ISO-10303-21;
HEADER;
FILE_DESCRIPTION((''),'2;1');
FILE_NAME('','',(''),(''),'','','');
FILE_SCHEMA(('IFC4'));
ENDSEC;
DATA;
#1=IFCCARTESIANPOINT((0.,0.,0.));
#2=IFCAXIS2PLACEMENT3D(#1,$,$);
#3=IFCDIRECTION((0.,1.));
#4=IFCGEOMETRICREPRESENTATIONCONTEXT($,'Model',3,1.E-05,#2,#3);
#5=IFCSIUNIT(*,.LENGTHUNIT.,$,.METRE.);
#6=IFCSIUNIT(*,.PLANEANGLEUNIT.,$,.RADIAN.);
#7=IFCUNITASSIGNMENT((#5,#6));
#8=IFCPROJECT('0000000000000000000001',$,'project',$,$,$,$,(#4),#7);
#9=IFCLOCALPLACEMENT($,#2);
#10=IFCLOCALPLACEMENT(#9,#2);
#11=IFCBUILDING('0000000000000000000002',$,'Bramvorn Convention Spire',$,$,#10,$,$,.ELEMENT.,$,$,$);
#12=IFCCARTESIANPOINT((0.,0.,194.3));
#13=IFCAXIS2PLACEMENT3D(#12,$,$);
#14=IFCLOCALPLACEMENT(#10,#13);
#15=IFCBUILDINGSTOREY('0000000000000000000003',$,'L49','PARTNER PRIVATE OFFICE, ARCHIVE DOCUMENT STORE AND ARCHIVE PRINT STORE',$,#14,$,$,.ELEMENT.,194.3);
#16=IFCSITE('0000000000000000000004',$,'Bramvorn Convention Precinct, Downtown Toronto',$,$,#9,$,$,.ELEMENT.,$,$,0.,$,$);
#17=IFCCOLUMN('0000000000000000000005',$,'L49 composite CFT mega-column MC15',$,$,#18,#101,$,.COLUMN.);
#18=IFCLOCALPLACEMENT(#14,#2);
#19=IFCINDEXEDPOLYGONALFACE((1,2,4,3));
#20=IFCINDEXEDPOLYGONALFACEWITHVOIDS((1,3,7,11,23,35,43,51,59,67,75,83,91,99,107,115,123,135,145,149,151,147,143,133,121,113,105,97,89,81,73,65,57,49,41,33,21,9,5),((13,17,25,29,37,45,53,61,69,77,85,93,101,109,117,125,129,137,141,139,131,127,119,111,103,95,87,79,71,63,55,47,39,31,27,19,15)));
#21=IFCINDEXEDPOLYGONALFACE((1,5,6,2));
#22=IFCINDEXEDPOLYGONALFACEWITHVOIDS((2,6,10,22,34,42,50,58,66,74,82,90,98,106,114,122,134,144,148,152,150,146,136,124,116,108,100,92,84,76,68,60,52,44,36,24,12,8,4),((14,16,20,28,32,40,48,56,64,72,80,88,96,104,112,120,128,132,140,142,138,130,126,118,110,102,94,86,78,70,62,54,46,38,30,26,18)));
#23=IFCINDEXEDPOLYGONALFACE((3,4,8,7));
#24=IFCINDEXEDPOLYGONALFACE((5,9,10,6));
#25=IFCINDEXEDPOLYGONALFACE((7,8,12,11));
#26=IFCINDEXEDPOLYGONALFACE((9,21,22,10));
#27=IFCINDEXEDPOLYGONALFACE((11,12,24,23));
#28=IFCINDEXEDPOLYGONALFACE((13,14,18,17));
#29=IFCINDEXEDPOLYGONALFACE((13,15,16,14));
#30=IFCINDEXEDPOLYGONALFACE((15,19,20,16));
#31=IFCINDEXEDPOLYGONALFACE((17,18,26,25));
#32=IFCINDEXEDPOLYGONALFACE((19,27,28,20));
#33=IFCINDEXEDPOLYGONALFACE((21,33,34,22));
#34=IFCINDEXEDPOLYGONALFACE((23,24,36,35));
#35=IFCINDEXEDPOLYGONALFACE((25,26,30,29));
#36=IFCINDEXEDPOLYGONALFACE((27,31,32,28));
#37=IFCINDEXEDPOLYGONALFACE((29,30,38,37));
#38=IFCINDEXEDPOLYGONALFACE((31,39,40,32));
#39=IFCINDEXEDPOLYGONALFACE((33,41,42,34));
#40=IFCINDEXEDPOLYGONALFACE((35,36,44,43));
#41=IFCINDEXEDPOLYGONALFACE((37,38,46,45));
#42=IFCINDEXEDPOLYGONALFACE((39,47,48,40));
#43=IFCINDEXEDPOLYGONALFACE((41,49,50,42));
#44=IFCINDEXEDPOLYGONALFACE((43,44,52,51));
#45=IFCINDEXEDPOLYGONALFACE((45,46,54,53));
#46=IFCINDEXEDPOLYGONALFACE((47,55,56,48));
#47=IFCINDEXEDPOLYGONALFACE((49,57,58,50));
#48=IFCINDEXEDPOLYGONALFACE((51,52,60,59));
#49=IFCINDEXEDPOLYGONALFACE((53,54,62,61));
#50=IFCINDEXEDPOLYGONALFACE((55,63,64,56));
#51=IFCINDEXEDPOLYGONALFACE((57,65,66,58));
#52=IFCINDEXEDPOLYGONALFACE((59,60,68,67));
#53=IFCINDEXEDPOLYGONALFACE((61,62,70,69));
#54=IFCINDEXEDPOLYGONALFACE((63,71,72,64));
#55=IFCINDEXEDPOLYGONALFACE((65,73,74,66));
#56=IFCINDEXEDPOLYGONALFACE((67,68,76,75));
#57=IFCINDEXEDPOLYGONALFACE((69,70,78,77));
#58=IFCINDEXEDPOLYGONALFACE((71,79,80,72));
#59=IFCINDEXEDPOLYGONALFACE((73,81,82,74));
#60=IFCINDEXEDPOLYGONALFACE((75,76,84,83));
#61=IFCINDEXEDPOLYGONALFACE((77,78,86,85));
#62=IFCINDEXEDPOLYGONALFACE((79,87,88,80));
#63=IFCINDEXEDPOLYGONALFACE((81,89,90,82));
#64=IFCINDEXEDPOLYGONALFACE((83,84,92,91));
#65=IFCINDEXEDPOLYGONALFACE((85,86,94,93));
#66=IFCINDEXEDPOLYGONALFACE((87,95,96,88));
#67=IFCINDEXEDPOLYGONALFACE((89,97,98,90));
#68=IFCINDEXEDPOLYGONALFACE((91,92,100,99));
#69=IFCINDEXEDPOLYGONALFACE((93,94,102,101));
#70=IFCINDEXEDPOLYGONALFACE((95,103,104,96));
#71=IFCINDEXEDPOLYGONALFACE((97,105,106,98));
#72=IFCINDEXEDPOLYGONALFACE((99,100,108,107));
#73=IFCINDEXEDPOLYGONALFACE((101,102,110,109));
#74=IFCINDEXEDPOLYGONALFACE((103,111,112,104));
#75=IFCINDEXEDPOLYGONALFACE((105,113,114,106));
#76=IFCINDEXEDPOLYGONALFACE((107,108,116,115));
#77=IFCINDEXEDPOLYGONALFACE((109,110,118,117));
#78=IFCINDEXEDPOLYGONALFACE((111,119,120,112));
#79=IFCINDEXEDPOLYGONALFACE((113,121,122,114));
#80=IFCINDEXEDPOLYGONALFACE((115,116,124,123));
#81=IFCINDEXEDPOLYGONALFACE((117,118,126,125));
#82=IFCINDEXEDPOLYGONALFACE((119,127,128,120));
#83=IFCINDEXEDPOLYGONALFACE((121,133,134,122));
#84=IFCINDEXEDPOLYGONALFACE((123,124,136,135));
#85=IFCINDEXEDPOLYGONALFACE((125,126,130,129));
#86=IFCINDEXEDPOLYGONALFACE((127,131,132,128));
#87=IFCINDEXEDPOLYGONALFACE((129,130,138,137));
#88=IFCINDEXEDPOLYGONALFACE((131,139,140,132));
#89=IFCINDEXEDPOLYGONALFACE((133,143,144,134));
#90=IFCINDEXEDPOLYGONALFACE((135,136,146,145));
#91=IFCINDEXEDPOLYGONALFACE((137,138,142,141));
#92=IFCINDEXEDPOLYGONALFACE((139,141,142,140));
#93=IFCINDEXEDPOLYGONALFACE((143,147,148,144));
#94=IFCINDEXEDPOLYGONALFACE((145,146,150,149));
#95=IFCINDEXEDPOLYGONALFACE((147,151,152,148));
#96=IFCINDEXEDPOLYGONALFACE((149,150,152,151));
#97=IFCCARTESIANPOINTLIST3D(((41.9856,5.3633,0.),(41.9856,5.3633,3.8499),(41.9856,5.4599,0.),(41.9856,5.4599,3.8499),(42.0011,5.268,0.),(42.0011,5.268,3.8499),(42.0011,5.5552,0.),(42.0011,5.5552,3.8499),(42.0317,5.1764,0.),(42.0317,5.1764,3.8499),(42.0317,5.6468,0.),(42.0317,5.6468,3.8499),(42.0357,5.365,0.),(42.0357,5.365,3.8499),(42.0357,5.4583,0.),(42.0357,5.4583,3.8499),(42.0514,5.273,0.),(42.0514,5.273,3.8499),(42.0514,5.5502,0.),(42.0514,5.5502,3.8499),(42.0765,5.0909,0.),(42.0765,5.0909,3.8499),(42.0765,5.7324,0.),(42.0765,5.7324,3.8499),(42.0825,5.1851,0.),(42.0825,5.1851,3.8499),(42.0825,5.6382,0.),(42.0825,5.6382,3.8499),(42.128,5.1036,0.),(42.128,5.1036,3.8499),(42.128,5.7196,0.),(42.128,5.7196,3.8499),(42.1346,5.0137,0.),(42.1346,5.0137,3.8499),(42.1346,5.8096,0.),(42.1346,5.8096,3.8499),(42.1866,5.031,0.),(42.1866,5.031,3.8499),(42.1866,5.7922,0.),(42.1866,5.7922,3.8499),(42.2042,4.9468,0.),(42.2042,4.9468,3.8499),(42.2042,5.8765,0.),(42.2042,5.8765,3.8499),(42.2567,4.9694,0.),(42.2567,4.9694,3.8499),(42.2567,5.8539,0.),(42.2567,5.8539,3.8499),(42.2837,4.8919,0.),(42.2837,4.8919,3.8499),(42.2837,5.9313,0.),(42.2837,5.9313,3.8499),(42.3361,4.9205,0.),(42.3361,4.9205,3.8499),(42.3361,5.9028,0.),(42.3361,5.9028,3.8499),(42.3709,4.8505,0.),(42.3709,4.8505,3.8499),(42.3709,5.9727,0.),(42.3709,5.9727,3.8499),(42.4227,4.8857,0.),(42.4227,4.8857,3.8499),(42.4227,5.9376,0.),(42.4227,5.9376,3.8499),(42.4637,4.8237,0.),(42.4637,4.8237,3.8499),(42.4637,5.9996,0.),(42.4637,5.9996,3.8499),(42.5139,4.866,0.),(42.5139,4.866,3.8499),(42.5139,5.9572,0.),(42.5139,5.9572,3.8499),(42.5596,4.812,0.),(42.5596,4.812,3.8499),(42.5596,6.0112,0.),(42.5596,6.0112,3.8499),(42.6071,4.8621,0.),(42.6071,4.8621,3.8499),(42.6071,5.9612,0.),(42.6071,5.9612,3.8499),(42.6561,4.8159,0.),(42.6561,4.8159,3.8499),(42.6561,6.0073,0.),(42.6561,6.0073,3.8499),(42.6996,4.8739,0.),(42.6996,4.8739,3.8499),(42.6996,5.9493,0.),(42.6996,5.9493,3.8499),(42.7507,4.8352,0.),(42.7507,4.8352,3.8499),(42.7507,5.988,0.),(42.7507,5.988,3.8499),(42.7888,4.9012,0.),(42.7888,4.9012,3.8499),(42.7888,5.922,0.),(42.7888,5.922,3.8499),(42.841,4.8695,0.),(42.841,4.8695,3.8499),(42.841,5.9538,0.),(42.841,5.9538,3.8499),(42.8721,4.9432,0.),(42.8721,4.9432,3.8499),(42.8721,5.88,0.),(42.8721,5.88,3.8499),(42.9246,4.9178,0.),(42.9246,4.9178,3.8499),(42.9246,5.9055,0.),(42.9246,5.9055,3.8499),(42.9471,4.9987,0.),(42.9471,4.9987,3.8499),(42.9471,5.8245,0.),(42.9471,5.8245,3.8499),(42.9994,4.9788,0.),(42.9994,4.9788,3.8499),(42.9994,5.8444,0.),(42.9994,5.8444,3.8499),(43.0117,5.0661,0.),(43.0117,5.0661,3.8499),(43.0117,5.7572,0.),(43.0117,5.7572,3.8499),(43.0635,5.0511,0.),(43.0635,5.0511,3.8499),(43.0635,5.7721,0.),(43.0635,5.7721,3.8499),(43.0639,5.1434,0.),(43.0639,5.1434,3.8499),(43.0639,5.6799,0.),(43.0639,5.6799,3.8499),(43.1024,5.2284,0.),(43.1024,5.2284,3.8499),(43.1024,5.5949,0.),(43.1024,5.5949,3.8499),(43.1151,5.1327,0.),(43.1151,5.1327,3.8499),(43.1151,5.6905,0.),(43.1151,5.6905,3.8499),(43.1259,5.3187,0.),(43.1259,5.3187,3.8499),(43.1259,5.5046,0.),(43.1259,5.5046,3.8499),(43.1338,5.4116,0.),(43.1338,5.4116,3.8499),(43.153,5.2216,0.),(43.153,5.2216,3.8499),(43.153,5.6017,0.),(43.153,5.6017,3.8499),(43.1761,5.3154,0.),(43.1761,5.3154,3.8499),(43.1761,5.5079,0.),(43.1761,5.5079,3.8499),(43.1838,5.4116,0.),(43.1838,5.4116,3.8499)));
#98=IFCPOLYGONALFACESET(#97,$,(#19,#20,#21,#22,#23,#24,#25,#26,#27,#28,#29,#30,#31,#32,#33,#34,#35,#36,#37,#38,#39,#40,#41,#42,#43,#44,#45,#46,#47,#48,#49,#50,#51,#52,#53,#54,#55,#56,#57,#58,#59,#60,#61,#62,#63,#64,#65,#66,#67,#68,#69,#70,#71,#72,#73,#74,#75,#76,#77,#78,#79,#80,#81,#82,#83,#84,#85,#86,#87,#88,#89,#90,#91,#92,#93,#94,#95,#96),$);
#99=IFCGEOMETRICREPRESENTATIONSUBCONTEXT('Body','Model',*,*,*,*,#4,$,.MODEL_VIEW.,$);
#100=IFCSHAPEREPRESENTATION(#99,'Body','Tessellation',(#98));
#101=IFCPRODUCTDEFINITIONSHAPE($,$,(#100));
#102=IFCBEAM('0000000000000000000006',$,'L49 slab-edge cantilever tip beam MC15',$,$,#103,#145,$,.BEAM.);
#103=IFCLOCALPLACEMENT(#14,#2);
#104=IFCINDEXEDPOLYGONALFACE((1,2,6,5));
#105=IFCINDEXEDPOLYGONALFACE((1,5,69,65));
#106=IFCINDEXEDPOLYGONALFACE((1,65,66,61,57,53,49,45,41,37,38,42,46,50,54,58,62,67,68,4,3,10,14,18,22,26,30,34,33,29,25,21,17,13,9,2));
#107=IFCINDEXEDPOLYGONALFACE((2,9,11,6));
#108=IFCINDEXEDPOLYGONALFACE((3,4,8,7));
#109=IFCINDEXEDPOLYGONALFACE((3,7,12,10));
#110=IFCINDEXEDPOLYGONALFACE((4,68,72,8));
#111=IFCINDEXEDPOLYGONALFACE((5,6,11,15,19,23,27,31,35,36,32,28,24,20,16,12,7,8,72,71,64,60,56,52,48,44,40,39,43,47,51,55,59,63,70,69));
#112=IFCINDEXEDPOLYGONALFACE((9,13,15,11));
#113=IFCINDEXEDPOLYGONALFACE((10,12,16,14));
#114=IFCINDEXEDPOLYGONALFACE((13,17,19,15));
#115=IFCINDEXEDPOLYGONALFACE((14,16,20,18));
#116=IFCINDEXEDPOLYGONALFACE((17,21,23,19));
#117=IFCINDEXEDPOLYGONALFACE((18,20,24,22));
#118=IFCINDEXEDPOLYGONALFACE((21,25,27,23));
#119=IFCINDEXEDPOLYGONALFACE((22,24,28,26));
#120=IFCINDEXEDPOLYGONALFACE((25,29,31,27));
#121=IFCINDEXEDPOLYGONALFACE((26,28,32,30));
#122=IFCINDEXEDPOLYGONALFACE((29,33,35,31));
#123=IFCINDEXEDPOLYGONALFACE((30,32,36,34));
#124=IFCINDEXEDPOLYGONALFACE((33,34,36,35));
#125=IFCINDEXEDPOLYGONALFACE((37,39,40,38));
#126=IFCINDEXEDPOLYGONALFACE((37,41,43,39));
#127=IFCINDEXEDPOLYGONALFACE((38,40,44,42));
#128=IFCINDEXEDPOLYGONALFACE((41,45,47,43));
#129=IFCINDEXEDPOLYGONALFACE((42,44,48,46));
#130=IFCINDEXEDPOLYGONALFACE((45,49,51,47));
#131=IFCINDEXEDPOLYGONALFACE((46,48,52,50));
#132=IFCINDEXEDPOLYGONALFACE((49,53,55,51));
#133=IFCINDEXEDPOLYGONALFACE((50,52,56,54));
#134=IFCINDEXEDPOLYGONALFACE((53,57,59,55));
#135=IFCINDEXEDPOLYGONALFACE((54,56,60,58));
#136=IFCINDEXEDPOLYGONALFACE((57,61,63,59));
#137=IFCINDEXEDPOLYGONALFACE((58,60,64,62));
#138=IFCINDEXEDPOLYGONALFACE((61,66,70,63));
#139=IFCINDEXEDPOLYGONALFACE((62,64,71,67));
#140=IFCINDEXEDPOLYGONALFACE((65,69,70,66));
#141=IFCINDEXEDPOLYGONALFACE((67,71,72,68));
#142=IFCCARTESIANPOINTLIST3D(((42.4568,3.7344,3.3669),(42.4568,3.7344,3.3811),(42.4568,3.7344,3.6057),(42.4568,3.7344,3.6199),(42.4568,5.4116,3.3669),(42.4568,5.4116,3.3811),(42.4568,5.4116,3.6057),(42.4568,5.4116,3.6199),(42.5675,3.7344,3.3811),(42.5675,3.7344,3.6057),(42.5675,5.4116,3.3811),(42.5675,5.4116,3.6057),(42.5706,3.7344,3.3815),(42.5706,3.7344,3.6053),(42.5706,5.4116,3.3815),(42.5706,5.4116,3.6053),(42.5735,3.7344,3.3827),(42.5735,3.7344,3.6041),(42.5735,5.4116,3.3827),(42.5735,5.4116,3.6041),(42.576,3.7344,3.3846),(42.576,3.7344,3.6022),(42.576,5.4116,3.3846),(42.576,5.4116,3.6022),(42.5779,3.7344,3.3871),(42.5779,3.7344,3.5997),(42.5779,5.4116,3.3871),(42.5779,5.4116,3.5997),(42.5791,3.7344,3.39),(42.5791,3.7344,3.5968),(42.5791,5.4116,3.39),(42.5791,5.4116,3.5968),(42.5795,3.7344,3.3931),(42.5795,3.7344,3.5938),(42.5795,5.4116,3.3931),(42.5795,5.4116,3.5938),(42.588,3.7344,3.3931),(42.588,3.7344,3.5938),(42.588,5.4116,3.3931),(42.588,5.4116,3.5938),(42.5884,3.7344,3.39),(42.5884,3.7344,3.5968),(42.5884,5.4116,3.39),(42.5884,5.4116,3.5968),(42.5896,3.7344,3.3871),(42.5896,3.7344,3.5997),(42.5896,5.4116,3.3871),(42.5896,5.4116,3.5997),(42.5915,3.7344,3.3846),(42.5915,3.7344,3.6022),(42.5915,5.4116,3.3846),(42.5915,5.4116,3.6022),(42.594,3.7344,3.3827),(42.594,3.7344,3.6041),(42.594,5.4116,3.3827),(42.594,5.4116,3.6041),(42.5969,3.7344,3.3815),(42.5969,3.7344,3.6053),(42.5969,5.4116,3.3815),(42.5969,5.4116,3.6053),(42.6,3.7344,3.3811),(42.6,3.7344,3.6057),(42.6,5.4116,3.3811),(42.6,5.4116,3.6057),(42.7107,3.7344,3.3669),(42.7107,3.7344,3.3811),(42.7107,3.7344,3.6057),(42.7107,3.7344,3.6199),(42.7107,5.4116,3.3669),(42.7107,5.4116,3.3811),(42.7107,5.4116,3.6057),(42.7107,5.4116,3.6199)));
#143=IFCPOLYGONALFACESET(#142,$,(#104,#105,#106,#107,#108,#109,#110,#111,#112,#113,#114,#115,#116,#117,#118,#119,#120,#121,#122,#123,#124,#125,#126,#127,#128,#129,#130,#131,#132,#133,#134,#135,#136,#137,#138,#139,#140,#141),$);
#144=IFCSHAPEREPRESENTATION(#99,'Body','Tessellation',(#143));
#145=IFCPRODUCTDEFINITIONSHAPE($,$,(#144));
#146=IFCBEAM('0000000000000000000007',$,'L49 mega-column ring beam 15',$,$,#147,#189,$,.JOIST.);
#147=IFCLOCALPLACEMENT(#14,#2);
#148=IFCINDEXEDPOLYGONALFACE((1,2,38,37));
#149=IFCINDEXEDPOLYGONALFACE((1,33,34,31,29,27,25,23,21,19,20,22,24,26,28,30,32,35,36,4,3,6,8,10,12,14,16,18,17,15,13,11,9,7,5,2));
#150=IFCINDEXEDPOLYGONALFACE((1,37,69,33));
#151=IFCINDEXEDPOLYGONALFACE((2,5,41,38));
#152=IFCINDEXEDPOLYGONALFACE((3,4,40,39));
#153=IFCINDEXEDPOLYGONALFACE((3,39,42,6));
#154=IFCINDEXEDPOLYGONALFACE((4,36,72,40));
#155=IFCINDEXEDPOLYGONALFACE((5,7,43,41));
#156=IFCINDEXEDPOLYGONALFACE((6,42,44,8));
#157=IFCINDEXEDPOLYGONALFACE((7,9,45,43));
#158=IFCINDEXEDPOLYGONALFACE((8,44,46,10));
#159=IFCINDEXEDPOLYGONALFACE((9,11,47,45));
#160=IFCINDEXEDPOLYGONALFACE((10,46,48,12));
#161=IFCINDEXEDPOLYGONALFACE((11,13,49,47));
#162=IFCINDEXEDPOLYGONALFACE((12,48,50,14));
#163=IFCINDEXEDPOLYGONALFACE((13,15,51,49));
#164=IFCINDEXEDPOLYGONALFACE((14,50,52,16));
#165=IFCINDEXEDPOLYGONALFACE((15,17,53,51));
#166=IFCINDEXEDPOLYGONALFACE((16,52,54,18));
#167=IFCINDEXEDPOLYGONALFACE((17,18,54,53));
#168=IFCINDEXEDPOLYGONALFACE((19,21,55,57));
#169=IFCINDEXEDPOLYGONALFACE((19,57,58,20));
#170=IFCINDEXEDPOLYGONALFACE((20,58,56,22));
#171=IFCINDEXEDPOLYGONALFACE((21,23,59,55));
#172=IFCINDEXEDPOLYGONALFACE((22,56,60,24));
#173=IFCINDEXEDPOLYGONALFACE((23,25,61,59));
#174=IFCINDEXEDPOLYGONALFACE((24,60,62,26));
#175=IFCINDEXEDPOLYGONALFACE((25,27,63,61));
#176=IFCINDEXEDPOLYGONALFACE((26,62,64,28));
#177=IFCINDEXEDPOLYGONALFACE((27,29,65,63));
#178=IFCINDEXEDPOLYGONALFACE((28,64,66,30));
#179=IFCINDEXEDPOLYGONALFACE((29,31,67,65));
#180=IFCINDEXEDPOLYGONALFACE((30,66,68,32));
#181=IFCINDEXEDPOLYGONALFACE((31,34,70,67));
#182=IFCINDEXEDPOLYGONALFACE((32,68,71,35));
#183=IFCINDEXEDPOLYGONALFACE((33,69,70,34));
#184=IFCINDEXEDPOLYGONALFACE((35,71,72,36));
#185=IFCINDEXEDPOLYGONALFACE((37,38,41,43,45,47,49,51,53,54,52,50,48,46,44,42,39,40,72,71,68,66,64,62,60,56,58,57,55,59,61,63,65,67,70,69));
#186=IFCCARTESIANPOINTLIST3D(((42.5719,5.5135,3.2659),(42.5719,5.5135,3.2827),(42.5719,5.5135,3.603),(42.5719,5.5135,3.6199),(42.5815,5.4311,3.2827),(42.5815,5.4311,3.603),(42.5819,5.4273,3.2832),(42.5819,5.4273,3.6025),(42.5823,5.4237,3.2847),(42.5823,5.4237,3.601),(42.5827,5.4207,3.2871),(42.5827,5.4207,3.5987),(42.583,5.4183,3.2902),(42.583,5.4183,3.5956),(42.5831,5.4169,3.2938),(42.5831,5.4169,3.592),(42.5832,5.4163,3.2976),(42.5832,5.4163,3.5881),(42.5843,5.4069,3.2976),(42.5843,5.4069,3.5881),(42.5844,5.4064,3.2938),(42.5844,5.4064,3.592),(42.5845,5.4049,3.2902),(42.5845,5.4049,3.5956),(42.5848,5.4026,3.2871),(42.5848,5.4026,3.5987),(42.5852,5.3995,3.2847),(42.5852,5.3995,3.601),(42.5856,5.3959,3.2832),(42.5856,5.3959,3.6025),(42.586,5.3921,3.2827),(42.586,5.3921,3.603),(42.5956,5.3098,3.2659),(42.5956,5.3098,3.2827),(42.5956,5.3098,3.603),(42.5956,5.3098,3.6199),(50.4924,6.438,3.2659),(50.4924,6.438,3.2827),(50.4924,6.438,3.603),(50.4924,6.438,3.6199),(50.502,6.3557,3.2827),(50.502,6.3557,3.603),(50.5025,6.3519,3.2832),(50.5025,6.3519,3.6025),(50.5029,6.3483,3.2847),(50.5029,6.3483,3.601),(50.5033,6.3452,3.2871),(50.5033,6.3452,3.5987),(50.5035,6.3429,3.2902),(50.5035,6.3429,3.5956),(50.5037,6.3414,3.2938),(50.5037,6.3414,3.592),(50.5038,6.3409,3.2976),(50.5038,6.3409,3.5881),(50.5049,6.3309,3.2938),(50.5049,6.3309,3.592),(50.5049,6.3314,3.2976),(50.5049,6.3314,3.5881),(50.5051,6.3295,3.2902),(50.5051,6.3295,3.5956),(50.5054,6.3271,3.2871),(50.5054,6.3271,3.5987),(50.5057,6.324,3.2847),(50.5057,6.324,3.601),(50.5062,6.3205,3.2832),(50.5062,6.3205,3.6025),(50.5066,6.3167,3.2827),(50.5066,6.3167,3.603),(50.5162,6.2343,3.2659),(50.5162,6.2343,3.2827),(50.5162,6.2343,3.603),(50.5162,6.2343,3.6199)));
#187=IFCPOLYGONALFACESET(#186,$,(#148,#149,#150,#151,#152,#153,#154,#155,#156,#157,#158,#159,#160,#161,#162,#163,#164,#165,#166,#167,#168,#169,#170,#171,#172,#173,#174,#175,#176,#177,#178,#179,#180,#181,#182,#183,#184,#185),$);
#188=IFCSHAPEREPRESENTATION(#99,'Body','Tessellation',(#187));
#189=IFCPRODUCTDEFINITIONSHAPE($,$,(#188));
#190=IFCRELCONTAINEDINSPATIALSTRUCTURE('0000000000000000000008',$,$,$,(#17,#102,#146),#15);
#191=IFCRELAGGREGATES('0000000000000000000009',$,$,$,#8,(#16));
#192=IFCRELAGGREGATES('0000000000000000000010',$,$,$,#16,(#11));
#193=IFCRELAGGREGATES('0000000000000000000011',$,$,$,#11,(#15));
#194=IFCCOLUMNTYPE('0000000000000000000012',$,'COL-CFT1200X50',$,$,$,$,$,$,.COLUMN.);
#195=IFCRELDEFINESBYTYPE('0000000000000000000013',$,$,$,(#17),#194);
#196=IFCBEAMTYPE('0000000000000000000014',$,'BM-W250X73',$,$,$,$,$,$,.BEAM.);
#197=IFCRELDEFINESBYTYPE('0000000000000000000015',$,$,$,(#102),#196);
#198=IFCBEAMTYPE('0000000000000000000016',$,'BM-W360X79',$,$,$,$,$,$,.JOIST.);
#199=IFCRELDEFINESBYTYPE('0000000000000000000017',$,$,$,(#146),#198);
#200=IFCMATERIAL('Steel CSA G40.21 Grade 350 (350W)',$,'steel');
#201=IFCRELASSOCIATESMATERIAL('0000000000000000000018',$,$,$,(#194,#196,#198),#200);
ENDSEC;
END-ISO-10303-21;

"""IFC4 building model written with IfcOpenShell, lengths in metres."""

from ifc_helpers import new_model, si_unit, direction, frame, origin, origin_2d, place, context, subcontext, project, spatial, hollow_circle, i_section, extrude, material, material_profile, profile_set, type_object, element, save


model = new_model("IFC4")

# Units and contexts
model_context = context("Model", 3, precision=1e-05, world=origin(), true_north=direction((0.0, 1.0)))
body_context = subcontext(model_context, "Body", "Model", "MODEL_VIEW")
ifc_project = project(units=[si_unit("LENGTHUNIT", "METRE"), si_unit("PLANEANGLEUNIT", "RADIAN")], contexts=[model_context])

# Site, building, storey
site_placement = place(None, origin())
site = spatial("IfcSite", under=ifc_project, at=site_placement, Name="Bramvorn Convention Precinct, Downtown Toronto", CompositionType="ELEMENT", RefElevation=0.0)
building_placement = place(site_placement, origin())
building = spatial("IfcBuilding", under=site, at=building_placement, Name="Bramvorn Convention Spire", CompositionType="ELEMENT")
storey_placement = place(building_placement, frame((0.0, 0.0, 194.3)))
storey = spatial("IfcBuildingStorey", under=building, at=storey_placement, Name="L49", Description="PARTNER PRIVATE OFFICE, ARCHIVE DOCUMENT STORE AND ARCHIVE PRINT STORE", CompositionType="ELEMENT", Elevation=194.3)

# Column
ifc_material_1 = material(Name="Steel CSA G40.21 Grade 350 (350W)", Category="steel")
ifc_material_profile_1 = material_profile(ifc_material_1, hollow_circle(Radius=0.6001, WallThickness=0.05, at=origin_2d()))
ifc_profile_set_1 = profile_set([ifc_material_profile_1], Name="Steel CSA G40.21 Grade 350 (350W) - CFT1200X50")
column_type = type_object("IfcColumnType", Name="COL-CFT1200X50", PredefinedType="COLUMN", material=ifc_profile_set_1)
column_placement = place(storey_placement, frame((42.5837, 5.4116, 0.0), z_axis=(0.0, 0.0, 1.0), x_axis=(1.0, 0.0, 0.0)))
element("IfcColumn", 1, at=column_placement, inside=storey, type_object=column_type, Name="L49 composite CFT mega-column MC15", PredefinedType="COLUMN", context=body_context, shape_type="SweptSolid", body=[
    extrude(hollow_circle(Radius=0.6001, WallThickness=0.05, at=origin_2d()), origin(), (0.0, 0.0, 1.0), 3.8499),
])

# Beams
ifc_material_profile_2 = material_profile(ifc_material_1, i_section(OverallWidth=0.2539, OverallDepth=0.2529, WebThickness=0.0085, FlangeThickness=0.0142, FilletRadius=0.012, at=origin_2d()))
ifc_profile_set_2 = profile_set([ifc_material_profile_2], Name="Steel CSA G40.21 Grade 350 (350W) - W250X73")
beam_type_1 = type_object("IfcBeamType", Name="BM-W250X73", PredefinedType="BEAM", material=ifc_profile_set_2)
beam_1_placement = place(storey_placement, frame((42.5837, 5.4116, 3.4934), z_axis=(0.0, -1.0, 0.0), x_axis=(1.0, 0.0, 0.0)))
element("IfcBeam", 2, at=beam_1_placement, inside=storey, type_object=beam_type_1, Name="L49 slab-edge cantilever tip beam MC15", PredefinedType="BEAM", context=body_context, shape_type="SweptSolid", body=[
    extrude(i_section(OverallWidth=0.2539, OverallDepth=0.2529, WebThickness=0.0085, FlangeThickness=0.0142, FilletRadius=0.012, at=origin_2d()), origin(), (0.0, 0.0, 1.0), 1.6772),
])
ifc_material_profile_3 = material_profile(ifc_material_1, i_section(OverallWidth=0.2051, OverallDepth=0.354, WebThickness=0.0095, FlangeThickness=0.0168, FilletRadius=0.0149, at=origin_2d()))
ifc_profile_set_3 = profile_set([ifc_material_profile_3], Name="Steel CSA G40.21 Grade 350 (350W) - W360X79")
beam_type_2 = type_object("IfcBeamType", Name="BM-W360X79", PredefinedType="JOIST", material=ifc_profile_set_3)
beam_2_placement = place(storey_placement, frame((42.5837, 5.4116, 3.4429), z_axis=(0.993256, 0.115941, 0.0), x_axis=(-0.115941, 0.993256, 0.0)))
element("IfcBeam", 3, at=beam_2_placement, inside=storey, type_object=beam_type_2, Name="L49 mega-column ring beam 15", PredefinedType="JOIST", context=body_context, shape_type="SweptSolid", body=[
    extrude(i_section(OverallWidth=0.2051, OverallDepth=0.354, WebThickness=0.0095, FlangeThickness=0.0168, FilletRadius=0.0149, at=origin_2d()), origin(), (0.0, 0.0, 1.0), 7.9744),
])

save(model, "model.ifc")
